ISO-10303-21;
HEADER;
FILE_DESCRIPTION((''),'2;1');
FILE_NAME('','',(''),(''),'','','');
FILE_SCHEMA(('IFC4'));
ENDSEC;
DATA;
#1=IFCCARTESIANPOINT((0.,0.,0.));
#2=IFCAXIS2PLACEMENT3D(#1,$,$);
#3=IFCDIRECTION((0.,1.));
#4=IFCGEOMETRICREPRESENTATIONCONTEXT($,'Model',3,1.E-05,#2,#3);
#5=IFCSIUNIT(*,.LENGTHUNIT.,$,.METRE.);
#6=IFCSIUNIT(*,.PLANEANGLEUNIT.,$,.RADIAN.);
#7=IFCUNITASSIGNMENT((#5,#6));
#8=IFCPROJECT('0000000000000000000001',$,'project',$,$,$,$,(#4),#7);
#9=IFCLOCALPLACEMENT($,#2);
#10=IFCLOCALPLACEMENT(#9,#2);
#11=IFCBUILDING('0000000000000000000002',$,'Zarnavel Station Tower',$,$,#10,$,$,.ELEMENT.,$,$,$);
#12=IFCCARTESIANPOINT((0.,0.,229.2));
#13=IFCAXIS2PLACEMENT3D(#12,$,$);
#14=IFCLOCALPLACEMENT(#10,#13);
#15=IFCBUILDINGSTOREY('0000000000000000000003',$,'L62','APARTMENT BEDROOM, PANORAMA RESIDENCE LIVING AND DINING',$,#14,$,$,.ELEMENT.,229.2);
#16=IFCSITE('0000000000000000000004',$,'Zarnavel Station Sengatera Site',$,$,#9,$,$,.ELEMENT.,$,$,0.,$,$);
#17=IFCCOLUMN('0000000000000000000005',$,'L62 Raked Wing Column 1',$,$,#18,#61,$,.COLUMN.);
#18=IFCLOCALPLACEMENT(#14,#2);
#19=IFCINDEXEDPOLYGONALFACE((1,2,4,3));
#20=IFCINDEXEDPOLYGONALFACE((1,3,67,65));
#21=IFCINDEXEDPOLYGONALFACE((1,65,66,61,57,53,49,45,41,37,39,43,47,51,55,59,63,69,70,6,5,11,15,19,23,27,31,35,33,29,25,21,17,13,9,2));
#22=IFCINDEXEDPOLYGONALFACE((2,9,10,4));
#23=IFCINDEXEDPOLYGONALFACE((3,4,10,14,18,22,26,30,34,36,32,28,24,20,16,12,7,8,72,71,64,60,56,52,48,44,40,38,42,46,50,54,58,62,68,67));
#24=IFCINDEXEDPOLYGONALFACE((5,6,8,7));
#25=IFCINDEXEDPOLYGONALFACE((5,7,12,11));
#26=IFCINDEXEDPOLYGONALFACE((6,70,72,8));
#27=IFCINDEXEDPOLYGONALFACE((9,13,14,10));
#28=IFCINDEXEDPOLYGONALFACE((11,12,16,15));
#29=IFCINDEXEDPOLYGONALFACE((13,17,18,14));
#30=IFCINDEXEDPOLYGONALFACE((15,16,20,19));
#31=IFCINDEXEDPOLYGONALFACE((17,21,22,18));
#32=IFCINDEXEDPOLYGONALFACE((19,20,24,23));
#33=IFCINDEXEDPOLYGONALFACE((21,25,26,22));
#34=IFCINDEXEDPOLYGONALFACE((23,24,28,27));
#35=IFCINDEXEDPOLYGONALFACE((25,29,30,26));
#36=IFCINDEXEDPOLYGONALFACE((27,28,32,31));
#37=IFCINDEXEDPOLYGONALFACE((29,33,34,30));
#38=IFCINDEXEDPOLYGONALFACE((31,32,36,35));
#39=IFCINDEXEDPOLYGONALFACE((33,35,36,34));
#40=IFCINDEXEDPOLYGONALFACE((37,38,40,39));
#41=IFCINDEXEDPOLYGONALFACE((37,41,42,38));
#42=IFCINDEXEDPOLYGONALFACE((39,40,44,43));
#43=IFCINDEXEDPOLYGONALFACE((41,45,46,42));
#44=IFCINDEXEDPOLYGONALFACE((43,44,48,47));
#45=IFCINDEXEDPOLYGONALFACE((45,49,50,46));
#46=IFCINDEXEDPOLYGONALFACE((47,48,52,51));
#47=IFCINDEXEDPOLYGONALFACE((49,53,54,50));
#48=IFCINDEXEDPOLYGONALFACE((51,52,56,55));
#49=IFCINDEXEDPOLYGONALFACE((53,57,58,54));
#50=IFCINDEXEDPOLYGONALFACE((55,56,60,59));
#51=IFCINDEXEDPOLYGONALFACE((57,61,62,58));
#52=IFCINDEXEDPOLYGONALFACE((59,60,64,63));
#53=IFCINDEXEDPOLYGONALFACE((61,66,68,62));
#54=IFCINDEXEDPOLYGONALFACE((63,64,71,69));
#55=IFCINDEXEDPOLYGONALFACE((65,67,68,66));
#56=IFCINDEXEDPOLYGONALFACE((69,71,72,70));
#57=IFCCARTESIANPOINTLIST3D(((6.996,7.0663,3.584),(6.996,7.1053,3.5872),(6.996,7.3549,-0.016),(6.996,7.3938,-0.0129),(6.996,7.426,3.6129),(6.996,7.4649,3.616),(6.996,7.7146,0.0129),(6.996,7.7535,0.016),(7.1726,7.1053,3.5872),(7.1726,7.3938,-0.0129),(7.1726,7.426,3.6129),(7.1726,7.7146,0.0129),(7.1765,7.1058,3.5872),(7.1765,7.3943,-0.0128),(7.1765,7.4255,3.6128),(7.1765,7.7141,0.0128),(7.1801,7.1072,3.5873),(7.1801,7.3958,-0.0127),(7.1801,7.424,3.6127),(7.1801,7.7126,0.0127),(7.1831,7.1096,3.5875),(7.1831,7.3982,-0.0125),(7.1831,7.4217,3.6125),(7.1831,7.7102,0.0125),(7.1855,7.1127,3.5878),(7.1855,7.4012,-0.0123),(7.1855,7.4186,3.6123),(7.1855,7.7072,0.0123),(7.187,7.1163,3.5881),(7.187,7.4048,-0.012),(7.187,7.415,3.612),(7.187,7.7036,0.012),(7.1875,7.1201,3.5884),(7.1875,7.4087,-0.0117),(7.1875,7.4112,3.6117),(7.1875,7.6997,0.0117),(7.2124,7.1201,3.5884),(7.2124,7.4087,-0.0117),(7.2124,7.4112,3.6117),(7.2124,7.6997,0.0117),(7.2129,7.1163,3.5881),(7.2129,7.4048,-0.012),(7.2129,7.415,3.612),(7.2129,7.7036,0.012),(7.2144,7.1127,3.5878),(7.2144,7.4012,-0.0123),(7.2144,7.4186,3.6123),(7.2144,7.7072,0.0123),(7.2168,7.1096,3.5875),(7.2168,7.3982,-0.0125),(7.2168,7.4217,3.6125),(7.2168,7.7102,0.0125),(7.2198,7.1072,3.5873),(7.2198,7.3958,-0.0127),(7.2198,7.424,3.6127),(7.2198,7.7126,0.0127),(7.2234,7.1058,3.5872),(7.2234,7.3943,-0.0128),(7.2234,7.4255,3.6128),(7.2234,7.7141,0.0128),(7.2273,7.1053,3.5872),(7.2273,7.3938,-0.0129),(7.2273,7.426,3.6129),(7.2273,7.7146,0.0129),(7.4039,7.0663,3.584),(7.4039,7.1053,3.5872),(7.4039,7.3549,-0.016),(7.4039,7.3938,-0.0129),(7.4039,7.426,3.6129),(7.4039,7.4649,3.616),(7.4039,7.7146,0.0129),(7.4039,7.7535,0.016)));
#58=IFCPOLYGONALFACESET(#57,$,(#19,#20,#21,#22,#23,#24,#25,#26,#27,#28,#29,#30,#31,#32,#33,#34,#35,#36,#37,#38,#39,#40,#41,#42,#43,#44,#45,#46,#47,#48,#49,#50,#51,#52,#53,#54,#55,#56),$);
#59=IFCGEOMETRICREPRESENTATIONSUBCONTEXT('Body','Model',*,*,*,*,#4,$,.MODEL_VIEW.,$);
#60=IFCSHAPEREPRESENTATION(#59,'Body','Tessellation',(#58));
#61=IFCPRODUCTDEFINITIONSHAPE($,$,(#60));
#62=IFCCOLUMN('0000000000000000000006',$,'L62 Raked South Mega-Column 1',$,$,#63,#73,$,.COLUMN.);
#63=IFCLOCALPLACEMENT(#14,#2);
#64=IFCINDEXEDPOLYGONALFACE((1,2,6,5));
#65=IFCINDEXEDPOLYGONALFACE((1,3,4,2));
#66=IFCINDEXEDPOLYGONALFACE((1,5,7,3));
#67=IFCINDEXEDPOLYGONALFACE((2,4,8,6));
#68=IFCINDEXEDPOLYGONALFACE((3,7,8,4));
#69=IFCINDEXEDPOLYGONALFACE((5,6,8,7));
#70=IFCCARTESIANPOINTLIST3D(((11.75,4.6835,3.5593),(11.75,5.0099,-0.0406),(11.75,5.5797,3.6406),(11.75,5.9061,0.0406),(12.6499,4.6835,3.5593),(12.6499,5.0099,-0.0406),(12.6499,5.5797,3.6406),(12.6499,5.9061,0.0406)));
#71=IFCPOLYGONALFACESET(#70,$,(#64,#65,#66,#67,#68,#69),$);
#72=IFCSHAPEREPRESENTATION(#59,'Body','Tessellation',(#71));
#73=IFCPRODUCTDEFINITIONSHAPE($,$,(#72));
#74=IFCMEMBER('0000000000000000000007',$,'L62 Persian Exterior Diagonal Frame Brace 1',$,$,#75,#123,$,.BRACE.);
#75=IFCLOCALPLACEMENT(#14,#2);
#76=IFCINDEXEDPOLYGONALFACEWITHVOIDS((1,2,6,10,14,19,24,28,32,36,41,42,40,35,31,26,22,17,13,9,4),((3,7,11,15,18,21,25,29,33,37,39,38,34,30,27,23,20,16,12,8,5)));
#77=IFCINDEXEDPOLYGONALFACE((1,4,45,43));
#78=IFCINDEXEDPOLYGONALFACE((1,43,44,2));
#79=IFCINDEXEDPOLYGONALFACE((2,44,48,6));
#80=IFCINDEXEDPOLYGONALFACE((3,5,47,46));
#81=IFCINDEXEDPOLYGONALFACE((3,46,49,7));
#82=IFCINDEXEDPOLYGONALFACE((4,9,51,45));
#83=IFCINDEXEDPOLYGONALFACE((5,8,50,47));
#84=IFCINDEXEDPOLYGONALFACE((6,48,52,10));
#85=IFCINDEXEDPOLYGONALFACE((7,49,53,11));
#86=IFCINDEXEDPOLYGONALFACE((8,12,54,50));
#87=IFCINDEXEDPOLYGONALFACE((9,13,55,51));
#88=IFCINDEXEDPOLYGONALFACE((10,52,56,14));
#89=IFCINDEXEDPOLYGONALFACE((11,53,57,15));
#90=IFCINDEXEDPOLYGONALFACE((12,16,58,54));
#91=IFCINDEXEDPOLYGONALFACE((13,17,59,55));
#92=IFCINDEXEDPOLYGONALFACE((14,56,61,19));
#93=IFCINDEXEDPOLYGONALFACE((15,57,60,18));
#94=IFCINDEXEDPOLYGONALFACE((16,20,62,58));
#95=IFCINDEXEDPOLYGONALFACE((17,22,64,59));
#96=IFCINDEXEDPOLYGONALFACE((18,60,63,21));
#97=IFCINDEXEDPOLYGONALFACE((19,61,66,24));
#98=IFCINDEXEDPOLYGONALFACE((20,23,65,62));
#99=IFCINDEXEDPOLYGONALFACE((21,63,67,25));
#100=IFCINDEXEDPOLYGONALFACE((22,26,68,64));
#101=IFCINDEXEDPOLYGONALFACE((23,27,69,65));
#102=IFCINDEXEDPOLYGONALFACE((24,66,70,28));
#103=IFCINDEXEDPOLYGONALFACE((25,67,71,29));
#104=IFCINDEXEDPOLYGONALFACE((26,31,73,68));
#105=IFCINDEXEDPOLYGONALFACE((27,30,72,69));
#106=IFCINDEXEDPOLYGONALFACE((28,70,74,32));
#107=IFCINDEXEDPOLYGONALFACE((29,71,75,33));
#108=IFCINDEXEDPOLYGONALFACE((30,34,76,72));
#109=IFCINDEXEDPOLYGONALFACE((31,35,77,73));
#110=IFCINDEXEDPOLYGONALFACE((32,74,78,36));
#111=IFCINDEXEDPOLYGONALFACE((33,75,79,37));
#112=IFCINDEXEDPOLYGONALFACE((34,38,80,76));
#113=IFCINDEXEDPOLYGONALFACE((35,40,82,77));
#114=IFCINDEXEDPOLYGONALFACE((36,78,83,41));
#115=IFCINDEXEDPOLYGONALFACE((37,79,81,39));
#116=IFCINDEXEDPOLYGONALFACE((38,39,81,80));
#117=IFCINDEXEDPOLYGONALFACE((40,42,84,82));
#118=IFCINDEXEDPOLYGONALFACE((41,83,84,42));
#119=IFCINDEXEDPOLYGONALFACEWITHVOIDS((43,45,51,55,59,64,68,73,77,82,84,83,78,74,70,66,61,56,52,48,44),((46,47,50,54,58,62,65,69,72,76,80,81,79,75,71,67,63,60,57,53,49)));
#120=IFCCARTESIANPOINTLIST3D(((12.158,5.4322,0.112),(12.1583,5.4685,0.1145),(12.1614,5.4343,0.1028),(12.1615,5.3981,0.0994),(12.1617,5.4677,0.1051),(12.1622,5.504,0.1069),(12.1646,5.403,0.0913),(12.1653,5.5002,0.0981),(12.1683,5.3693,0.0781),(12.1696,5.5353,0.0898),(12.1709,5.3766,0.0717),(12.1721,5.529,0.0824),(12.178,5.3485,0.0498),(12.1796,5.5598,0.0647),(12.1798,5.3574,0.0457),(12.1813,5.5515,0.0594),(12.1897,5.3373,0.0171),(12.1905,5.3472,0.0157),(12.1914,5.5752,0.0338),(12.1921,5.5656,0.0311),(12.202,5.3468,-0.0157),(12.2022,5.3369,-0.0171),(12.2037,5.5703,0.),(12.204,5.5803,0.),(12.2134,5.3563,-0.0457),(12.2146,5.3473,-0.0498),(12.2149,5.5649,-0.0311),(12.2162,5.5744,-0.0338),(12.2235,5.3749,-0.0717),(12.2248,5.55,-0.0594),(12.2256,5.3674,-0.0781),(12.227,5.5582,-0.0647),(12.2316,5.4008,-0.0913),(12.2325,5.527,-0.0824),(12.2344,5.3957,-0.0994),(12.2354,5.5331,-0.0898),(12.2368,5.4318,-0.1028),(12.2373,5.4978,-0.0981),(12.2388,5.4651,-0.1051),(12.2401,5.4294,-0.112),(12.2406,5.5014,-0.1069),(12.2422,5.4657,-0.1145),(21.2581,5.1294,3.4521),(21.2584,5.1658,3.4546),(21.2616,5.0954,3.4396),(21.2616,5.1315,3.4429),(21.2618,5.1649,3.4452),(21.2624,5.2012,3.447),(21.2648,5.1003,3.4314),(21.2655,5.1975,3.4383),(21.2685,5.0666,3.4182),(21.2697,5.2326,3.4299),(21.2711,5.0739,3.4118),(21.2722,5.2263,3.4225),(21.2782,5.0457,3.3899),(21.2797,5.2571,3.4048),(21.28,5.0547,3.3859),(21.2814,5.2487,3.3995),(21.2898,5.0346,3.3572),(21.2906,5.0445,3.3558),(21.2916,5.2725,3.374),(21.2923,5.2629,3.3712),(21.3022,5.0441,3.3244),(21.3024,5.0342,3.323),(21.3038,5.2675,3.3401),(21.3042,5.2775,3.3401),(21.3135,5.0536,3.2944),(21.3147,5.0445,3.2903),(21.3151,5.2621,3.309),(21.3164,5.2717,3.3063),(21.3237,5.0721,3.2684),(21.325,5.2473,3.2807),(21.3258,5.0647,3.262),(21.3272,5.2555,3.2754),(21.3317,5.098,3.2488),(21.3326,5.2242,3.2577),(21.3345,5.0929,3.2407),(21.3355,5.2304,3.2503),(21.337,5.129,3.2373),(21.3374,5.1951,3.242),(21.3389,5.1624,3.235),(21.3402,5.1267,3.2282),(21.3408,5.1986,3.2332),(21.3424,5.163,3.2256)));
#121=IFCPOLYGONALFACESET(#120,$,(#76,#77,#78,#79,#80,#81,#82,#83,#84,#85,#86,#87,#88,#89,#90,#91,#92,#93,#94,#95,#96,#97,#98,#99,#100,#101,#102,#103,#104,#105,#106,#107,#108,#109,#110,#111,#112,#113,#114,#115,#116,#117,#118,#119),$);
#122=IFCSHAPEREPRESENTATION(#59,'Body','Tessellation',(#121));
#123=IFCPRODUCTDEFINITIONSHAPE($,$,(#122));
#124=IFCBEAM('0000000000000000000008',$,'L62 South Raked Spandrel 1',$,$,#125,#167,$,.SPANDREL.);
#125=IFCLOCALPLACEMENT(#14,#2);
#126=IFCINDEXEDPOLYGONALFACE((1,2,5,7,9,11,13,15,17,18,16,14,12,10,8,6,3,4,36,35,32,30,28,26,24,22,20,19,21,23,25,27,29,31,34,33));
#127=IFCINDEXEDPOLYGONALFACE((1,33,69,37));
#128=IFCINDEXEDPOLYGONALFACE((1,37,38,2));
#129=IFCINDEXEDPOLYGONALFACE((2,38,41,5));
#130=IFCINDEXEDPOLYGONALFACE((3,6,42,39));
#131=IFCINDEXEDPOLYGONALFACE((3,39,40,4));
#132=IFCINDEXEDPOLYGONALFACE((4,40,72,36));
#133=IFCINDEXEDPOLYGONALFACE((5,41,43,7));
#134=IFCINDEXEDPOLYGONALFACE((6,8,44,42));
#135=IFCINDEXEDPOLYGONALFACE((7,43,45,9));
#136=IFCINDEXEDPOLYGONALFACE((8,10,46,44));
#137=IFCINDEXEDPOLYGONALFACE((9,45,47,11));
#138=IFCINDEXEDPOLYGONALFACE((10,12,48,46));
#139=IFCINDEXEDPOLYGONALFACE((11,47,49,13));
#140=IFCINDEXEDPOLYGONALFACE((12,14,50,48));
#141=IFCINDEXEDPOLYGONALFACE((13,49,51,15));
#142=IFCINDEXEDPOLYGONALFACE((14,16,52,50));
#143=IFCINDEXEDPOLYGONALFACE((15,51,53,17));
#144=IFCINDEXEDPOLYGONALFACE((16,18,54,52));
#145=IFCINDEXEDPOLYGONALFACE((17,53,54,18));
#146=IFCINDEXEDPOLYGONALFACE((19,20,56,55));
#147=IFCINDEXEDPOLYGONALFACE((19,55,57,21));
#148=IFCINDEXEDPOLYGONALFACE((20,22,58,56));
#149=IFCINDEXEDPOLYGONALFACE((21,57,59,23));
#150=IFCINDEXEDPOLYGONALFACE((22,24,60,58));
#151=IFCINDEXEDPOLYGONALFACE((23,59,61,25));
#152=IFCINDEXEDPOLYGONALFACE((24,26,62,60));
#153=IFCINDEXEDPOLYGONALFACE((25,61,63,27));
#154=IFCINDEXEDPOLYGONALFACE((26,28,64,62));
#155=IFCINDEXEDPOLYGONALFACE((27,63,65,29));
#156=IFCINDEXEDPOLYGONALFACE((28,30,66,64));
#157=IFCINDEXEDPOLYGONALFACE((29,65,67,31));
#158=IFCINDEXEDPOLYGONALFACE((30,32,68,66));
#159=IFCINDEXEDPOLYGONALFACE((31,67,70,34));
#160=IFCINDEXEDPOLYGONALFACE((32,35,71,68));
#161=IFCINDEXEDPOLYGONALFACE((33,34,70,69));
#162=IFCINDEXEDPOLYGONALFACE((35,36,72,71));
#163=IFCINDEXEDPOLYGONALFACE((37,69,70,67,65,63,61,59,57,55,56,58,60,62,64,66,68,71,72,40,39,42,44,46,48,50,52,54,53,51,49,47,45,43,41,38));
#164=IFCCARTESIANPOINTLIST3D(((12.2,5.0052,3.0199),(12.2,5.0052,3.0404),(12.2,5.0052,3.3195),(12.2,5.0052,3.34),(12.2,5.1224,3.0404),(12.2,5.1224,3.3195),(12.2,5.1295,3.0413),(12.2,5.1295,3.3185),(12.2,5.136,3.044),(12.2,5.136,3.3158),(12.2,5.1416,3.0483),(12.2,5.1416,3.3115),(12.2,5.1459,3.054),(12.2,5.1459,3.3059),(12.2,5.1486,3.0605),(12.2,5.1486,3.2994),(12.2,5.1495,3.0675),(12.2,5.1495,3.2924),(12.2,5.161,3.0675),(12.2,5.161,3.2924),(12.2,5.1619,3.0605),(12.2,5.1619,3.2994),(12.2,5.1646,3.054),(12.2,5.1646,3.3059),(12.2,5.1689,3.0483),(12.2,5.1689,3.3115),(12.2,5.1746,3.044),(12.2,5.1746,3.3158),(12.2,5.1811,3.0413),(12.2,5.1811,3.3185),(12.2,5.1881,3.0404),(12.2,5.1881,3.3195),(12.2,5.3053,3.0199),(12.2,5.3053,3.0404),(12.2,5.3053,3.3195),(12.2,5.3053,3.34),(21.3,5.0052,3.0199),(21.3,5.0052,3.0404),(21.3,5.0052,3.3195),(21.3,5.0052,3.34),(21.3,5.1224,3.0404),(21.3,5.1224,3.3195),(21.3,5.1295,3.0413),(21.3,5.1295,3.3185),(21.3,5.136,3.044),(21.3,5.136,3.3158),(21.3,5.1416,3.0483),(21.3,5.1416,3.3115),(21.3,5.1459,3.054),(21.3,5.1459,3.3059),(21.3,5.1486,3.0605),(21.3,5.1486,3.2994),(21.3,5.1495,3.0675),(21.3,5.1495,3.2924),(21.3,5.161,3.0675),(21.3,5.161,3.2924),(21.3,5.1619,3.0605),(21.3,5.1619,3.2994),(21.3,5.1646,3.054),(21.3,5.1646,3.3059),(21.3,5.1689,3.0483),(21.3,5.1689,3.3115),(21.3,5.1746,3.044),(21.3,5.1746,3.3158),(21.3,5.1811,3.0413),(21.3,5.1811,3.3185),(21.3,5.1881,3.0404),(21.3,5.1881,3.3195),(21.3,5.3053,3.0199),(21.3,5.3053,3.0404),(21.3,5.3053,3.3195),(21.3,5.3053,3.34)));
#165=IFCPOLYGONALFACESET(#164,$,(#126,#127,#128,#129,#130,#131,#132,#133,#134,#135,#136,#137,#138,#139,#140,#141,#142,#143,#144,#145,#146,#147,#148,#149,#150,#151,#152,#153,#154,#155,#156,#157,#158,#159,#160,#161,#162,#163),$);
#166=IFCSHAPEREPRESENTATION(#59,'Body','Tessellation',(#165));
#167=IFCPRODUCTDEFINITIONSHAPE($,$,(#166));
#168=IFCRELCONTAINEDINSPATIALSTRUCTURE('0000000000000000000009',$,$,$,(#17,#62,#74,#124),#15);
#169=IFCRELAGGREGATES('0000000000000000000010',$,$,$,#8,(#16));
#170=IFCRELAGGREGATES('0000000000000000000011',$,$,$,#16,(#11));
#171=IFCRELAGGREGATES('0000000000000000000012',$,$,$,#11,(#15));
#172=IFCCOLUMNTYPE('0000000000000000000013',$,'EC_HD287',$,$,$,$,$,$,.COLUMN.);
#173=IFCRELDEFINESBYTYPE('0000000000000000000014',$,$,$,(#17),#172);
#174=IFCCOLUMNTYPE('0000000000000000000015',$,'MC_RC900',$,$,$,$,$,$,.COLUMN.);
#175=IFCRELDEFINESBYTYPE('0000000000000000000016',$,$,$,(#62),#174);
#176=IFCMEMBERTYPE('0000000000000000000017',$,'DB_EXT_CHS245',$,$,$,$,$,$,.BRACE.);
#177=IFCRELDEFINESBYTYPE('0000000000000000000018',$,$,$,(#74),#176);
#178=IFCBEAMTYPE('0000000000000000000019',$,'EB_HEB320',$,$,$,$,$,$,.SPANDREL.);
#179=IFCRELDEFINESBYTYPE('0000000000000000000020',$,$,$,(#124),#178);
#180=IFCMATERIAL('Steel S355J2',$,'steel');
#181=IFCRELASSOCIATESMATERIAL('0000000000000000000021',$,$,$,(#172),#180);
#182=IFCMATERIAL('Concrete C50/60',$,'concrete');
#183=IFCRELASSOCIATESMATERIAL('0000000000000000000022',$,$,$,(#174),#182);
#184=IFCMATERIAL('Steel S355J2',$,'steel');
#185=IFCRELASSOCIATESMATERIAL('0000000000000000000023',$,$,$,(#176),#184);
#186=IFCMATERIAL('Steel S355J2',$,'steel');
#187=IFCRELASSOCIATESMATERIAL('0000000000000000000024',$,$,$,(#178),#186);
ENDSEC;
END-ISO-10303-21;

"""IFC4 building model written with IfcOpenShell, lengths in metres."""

from ifc_helpers import new_model, si_unit, direction, frame, origin, origin_2d, place, context, subcontext, project, spatial, rectangle, hollow_circle, i_section, extrude, material, material_profile, profile_set, type_object, element, save


model = new_model("IFC4")

# Units and contexts
model_context = context("Model", 3, precision=1e-05, world=origin(), true_north=direction((0.0, 1.0)))
body_context = subcontext(model_context, "Body", "Model", "MODEL_VIEW")
ifc_project = project(units=[si_unit("LENGTHUNIT", "METRE"), si_unit("PLANEANGLEUNIT", "RADIAN")], contexts=[model_context])

# Site, building, storey
site_placement = place(None, origin())
site = spatial("IfcSite", under=ifc_project, at=site_placement, Name="Zarnavel Station Sengatera Site", CompositionType="ELEMENT", RefElevation=0.0)
building_placement = place(site_placement, origin())
building = spatial("IfcBuilding", under=site, at=building_placement, Name="Zarnavel Station Tower", CompositionType="ELEMENT")
storey_placement = place(building_placement, frame((0.0, 0.0, 229.2)))
storey = spatial("IfcBuildingStorey", under=building, at=storey_placement, Name="L62", Description="APARTMENT BEDROOM, PANORAMA RESIDENCE LIVING AND DINING", CompositionType="ELEMENT", Elevation=229.2)

# Columns
ifc_material_1 = material(Name="Steel S355J2", Category="steel")
ifc_material_profile_1 = material_profile(ifc_material_1, i_section(OverallWidth=0.408, OverallDepth=0.3999, WebThickness=0.0249, FlangeThickness=0.0391, FilletRadius=0.0149, at=origin_2d()), Name="HD400x287")
ifc_profile_set_1 = profile_set([ifc_material_profile_1], Name="Steel S355J2")
column_type_1 = type_object("IfcColumnType", Name="EC_HD287", PredefinedType="COLUMN", material=ifc_profile_set_1)
column_1_placement = place(storey_placement, frame((7.2, 7.5542, 0.0), z_axis=(0.0, -0.079901, 0.996803), x_axis=(1.0, 0.0, 0.0)))
element("IfcColumn", 1, at=column_1_placement, inside=storey, type_object=column_type_1, Name="L62 Raked Wing Column 1", PredefinedType="COLUMN", context=body_context, shape_type="SweptSolid", body=[
    extrude(i_section(OverallWidth=0.408, OverallDepth=0.3999, WebThickness=0.0249, FlangeThickness=0.0391, FilletRadius=0.0149, at=origin_2d()), origin(), (0.0, 0.0, 1.0), 3.6116),
])
ifc_material_2 = material(Name="Concrete C50/60", Category="concrete")
ifc_material_profile_2 = material_profile(ifc_material_2, rectangle(XDim=0.8999, YDim=0.8999, at=origin_2d()), Name="RC900x900")
ifc_profile_set_2 = profile_set([ifc_material_profile_2], Name="Concrete C50/60")
column_type_2 = type_object("IfcColumnType", Name="MC_RC900", PredefinedType="COLUMN", material=ifc_profile_set_2)
column_2_placement = place(storey_placement, frame((12.2, 5.458, 0.0), z_axis=(0.0, -0.090298, 0.995915), x_axis=(1.0, 0.0, 0.0)))
element("IfcColumn", 2, at=column_2_placement, inside=storey, type_object=column_type_2, Name="L62 Raked South Mega-Column 1", PredefinedType="COLUMN", context=body_context, shape_type="SweptSolid", body=[
    extrude(rectangle(XDim=0.8999, YDim=0.8999, at=origin_2d()), origin(), (0.0, 0.0, 1.0), 3.6147),
])

# Member
ifc_material_3 = material(Name="Steel S355J2", Category="steel")
ifc_material_profile_3 = material_profile(ifc_material_3, hollow_circle(Radius=0.1223, WallThickness=0.01, at=origin_2d()), Name="CHS244.5x10")
ifc_profile_set_3 = profile_set([ifc_material_profile_3], Name="Steel S355J2")
member_type = type_object("IfcMemberType", Name="DB_EXT_CHS245", PredefinedType="BRACE", material=ifc_profile_set_3)
member_placement = place(storey_placement, frame((12.2, 5.458, 0.0), z_axis=(0.938306, -0.031215, 0.344395), x_axis=(0.033249, 0.999447, 0.0)))
element("IfcMember", 3, at=member_placement, inside=storey, type_object=member_type, Name="L62 Persian Exterior Diagonal Frame Brace 1", PredefinedType="BRACE", context=body_context, shape_type="SweptSolid", body=[
    extrude(hollow_circle(Radius=0.1223, WallThickness=0.01, at=origin_2d()), origin(), (0.0, 0.0, 1.0), 9.6985),
])

# Beam
ifc_material_4 = material(Name="Steel S355J2", Category="steel")
ifc_material_profile_4 = material_profile(ifc_material_4, i_section(OverallWidth=0.3, OverallDepth=0.3201, WebThickness=0.0115, FlangeThickness=0.0205, FilletRadius=0.0271, at=origin_2d()), Name="HEB320")
ifc_profile_set_4 = profile_set([ifc_material_profile_4], Name="Steel S355J2")
beam_type_1 = type_object("IfcBeamType", Name="EB_HEB320", PredefinedType="SPANDREL", material=ifc_profile_set_4)
beam_1_placement = place(storey_placement, frame((12.2, 5.1553, 3.1799), z_axis=(1.0, 0.0, 0.0), x_axis=(0.0, 1.0, 0.0)))
element("IfcBeam", 4, at=beam_1_placement, inside=storey, type_object=beam_type_1, Name="L62 South Raked Spandrel 1", PredefinedType="SPANDREL", context=body_context, shape_type="SweptSolid", body=[
    extrude(i_section(OverallWidth=0.3, OverallDepth=0.3201, WebThickness=0.0115, FlangeThickness=0.0205, FilletRadius=0.0271, at=origin_2d()), origin(), (0.0, 0.0, 1.0), 9.1001),
])

save(model, "model.ifc")
